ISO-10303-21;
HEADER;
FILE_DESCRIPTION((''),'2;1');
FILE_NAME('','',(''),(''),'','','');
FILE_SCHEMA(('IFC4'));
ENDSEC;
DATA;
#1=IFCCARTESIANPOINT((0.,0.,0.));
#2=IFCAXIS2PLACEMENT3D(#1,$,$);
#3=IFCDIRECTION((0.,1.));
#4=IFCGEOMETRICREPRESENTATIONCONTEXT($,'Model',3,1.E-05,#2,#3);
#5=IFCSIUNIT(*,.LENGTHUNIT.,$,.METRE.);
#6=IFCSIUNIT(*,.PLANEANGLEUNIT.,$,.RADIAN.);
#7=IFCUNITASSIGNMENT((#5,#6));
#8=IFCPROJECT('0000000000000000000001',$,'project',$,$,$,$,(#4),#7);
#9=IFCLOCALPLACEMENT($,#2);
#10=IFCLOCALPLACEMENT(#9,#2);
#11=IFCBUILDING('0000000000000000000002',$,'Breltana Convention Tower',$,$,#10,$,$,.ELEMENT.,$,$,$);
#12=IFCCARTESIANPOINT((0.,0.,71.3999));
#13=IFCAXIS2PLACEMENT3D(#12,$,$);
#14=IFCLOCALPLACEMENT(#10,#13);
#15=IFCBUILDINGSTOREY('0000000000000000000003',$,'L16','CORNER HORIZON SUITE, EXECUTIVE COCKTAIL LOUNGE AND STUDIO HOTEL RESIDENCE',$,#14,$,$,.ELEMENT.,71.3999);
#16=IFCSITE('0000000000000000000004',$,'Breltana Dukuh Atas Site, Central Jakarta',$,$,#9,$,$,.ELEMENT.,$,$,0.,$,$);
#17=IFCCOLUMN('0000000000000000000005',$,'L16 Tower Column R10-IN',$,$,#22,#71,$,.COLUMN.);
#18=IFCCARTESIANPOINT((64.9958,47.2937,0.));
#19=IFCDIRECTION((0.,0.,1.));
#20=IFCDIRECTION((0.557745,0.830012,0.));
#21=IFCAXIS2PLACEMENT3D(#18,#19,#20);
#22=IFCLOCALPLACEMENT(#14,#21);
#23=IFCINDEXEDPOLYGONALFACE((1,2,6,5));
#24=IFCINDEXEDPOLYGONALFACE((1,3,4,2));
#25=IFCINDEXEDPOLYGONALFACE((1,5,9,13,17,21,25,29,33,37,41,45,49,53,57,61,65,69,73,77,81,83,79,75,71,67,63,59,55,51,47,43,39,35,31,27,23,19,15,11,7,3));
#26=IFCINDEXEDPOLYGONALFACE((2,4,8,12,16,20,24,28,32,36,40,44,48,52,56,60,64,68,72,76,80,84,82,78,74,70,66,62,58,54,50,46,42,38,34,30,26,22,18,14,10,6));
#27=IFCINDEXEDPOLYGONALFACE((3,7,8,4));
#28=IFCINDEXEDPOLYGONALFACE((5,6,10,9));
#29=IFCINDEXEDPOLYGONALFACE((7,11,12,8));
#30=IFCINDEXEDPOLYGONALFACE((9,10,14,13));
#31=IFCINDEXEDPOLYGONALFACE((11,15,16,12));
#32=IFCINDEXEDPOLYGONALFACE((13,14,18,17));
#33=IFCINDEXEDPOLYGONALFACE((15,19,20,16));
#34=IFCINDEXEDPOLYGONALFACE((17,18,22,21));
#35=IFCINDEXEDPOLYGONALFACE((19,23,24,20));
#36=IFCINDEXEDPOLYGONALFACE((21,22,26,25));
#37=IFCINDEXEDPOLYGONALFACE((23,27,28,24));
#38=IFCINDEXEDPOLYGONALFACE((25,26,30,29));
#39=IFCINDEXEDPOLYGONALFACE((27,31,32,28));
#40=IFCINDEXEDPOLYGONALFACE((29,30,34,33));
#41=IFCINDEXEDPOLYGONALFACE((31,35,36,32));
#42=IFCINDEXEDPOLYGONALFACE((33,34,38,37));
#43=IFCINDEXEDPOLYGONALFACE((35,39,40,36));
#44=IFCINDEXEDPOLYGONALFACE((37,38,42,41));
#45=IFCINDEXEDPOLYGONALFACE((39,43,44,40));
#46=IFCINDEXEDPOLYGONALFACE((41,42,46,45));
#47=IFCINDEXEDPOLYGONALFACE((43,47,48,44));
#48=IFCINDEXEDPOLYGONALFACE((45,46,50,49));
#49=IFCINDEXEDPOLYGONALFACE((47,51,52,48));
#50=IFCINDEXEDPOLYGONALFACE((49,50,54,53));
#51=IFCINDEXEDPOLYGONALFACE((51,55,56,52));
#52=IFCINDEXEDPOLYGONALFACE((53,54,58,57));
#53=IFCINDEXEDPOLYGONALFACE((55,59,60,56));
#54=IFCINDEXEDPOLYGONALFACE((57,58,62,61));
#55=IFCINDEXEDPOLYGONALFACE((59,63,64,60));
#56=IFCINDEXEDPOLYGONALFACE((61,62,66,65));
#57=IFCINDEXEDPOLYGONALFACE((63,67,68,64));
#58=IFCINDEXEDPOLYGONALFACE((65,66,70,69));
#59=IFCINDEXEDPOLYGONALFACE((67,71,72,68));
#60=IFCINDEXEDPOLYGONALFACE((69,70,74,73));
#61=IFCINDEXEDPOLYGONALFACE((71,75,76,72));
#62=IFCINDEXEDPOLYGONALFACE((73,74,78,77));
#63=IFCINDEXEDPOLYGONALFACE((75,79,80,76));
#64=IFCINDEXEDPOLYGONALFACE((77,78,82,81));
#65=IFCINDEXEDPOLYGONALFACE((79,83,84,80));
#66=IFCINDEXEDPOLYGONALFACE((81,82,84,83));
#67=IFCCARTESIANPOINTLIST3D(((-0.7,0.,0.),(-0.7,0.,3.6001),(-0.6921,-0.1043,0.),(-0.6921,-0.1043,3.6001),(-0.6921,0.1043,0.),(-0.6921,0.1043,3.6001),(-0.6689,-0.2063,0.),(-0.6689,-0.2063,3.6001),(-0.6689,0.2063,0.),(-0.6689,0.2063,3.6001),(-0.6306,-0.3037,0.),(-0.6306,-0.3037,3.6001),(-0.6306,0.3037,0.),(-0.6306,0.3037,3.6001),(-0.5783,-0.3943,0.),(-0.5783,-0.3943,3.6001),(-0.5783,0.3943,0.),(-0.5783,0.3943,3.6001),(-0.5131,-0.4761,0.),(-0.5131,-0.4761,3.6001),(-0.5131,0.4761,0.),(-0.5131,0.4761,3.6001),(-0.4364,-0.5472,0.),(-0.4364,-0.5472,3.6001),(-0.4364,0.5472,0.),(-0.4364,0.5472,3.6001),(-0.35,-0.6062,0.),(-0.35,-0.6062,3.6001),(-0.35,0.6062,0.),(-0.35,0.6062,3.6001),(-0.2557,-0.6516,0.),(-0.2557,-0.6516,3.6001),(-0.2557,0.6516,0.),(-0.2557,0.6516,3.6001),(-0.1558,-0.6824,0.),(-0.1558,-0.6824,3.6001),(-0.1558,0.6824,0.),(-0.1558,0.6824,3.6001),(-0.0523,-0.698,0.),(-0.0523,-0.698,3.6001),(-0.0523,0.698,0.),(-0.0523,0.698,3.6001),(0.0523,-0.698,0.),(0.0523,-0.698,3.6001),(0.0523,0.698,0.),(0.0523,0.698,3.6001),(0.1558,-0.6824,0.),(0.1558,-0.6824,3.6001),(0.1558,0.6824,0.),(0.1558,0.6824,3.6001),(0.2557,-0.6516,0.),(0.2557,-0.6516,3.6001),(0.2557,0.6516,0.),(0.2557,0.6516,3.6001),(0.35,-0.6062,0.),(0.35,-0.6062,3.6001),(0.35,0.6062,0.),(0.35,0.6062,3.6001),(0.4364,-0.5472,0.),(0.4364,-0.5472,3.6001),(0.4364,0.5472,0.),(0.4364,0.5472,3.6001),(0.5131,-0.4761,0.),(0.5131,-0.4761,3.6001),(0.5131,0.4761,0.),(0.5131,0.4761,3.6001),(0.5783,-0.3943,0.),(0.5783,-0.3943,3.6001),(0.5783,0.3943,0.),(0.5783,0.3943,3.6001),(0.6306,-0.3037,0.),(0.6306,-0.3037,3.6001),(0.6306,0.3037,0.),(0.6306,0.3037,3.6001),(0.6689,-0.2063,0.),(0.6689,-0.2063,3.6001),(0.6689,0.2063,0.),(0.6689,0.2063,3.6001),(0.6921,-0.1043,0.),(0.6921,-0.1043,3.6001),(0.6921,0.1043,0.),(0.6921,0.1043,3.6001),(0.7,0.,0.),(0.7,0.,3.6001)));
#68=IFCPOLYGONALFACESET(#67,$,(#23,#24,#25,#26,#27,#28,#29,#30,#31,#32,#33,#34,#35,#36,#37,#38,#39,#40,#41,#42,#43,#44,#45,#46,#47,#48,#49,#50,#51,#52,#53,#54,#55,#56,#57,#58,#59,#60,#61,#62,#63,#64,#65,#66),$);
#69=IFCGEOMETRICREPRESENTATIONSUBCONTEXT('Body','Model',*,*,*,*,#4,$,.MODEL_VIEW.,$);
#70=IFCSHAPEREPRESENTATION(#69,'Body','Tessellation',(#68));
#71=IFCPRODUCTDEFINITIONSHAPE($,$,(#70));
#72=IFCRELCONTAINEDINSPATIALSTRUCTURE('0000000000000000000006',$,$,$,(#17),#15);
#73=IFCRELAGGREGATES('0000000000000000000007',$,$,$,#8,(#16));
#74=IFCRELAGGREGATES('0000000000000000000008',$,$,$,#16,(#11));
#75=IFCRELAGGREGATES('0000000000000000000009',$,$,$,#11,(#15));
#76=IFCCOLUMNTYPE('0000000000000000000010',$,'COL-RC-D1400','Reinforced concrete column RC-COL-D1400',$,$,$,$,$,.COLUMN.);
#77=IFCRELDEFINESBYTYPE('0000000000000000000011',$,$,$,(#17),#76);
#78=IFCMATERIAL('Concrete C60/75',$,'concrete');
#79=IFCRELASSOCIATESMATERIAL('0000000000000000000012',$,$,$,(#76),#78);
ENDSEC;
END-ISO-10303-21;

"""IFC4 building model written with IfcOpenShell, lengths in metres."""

from ifc_helpers import new_model, si_unit, direction, frame, origin, origin_2d, place, context, subcontext, project, spatial, circle, extrude, source, transform, mapped, material, material_profile, profile_set, type_object, element, save


model = new_model("IFC4")

# Units and contexts
model_context = context("Model", 3, precision=1e-05, world=origin(), true_north=direction((0.0, 1.0)))
body_context = subcontext(model_context, "Body", "Model", "MODEL_VIEW")
ifc_project = project(units=[si_unit("LENGTHUNIT", "METRE"), si_unit("PLANEANGLEUNIT", "RADIAN")], contexts=[model_context])

# Site, building, storey
site_placement = place(None, origin())
site = spatial("IfcSite", under=ifc_project, at=site_placement, Name="Breltana Dukuh Atas Site, Central Jakarta", CompositionType="ELEMENT", RefElevation=0.0)
building_placement = place(site_placement, origin())
building = spatial("IfcBuilding", under=site, at=building_placement, Name="Breltana Convention Tower", CompositionType="ELEMENT")
storey_placement = place(building_placement, frame((0.0, 0.0, 71.3999)))
storey = spatial("IfcBuildingStorey", under=building, at=storey_placement, Name="L16", Description="CORNER HORIZON SUITE, EXECUTIVE COCKTAIL LOUNGE AND STUDIO HOTEL RESIDENCE", CompositionType="ELEMENT", Elevation=71.3999)

# Column
ifc_material_1 = material(Name="Concrete C60/75", Category="concrete")
ifc_material_profile_1 = material_profile(ifc_material_1, circle(Radius=0.7, at=origin_2d()), Name="RC-COL-D1400")
ifc_profile_set_1 = profile_set([ifc_material_profile_1], Name="Concrete C60/75")
column_type = type_object("IfcColumnType", Name="COL-RC-D1400", Description="Reinforced concrete column RC-COL-D1400", PredefinedType="COLUMN", material=ifc_profile_set_1)
shared_shape_1 = source(origin(), body_context, "Body", "SweptSolid", [
    extrude(circle(Radius=0.7, at=origin_2d()), origin(), (0.0, 0.0, 1.0), 3.6001),
])
column_placement = place(storey_placement, frame((64.9958, 47.2937, 0.0), z_axis=(0.0, 0.0, 1.0), x_axis=(0.557745, 0.830012, 0.0)))
element("IfcColumn", 1, at=column_placement, inside=storey, type_object=column_type, Name="L16 Tower Column R10-IN", PredefinedType="COLUMN", context=body_context, shape_type="MappedRepresentation", body=[
    mapped(shared_shape_1, transform((0.0, 0.0, 0.0), scale=1.0)),
])

save(model, "model.ifc")
